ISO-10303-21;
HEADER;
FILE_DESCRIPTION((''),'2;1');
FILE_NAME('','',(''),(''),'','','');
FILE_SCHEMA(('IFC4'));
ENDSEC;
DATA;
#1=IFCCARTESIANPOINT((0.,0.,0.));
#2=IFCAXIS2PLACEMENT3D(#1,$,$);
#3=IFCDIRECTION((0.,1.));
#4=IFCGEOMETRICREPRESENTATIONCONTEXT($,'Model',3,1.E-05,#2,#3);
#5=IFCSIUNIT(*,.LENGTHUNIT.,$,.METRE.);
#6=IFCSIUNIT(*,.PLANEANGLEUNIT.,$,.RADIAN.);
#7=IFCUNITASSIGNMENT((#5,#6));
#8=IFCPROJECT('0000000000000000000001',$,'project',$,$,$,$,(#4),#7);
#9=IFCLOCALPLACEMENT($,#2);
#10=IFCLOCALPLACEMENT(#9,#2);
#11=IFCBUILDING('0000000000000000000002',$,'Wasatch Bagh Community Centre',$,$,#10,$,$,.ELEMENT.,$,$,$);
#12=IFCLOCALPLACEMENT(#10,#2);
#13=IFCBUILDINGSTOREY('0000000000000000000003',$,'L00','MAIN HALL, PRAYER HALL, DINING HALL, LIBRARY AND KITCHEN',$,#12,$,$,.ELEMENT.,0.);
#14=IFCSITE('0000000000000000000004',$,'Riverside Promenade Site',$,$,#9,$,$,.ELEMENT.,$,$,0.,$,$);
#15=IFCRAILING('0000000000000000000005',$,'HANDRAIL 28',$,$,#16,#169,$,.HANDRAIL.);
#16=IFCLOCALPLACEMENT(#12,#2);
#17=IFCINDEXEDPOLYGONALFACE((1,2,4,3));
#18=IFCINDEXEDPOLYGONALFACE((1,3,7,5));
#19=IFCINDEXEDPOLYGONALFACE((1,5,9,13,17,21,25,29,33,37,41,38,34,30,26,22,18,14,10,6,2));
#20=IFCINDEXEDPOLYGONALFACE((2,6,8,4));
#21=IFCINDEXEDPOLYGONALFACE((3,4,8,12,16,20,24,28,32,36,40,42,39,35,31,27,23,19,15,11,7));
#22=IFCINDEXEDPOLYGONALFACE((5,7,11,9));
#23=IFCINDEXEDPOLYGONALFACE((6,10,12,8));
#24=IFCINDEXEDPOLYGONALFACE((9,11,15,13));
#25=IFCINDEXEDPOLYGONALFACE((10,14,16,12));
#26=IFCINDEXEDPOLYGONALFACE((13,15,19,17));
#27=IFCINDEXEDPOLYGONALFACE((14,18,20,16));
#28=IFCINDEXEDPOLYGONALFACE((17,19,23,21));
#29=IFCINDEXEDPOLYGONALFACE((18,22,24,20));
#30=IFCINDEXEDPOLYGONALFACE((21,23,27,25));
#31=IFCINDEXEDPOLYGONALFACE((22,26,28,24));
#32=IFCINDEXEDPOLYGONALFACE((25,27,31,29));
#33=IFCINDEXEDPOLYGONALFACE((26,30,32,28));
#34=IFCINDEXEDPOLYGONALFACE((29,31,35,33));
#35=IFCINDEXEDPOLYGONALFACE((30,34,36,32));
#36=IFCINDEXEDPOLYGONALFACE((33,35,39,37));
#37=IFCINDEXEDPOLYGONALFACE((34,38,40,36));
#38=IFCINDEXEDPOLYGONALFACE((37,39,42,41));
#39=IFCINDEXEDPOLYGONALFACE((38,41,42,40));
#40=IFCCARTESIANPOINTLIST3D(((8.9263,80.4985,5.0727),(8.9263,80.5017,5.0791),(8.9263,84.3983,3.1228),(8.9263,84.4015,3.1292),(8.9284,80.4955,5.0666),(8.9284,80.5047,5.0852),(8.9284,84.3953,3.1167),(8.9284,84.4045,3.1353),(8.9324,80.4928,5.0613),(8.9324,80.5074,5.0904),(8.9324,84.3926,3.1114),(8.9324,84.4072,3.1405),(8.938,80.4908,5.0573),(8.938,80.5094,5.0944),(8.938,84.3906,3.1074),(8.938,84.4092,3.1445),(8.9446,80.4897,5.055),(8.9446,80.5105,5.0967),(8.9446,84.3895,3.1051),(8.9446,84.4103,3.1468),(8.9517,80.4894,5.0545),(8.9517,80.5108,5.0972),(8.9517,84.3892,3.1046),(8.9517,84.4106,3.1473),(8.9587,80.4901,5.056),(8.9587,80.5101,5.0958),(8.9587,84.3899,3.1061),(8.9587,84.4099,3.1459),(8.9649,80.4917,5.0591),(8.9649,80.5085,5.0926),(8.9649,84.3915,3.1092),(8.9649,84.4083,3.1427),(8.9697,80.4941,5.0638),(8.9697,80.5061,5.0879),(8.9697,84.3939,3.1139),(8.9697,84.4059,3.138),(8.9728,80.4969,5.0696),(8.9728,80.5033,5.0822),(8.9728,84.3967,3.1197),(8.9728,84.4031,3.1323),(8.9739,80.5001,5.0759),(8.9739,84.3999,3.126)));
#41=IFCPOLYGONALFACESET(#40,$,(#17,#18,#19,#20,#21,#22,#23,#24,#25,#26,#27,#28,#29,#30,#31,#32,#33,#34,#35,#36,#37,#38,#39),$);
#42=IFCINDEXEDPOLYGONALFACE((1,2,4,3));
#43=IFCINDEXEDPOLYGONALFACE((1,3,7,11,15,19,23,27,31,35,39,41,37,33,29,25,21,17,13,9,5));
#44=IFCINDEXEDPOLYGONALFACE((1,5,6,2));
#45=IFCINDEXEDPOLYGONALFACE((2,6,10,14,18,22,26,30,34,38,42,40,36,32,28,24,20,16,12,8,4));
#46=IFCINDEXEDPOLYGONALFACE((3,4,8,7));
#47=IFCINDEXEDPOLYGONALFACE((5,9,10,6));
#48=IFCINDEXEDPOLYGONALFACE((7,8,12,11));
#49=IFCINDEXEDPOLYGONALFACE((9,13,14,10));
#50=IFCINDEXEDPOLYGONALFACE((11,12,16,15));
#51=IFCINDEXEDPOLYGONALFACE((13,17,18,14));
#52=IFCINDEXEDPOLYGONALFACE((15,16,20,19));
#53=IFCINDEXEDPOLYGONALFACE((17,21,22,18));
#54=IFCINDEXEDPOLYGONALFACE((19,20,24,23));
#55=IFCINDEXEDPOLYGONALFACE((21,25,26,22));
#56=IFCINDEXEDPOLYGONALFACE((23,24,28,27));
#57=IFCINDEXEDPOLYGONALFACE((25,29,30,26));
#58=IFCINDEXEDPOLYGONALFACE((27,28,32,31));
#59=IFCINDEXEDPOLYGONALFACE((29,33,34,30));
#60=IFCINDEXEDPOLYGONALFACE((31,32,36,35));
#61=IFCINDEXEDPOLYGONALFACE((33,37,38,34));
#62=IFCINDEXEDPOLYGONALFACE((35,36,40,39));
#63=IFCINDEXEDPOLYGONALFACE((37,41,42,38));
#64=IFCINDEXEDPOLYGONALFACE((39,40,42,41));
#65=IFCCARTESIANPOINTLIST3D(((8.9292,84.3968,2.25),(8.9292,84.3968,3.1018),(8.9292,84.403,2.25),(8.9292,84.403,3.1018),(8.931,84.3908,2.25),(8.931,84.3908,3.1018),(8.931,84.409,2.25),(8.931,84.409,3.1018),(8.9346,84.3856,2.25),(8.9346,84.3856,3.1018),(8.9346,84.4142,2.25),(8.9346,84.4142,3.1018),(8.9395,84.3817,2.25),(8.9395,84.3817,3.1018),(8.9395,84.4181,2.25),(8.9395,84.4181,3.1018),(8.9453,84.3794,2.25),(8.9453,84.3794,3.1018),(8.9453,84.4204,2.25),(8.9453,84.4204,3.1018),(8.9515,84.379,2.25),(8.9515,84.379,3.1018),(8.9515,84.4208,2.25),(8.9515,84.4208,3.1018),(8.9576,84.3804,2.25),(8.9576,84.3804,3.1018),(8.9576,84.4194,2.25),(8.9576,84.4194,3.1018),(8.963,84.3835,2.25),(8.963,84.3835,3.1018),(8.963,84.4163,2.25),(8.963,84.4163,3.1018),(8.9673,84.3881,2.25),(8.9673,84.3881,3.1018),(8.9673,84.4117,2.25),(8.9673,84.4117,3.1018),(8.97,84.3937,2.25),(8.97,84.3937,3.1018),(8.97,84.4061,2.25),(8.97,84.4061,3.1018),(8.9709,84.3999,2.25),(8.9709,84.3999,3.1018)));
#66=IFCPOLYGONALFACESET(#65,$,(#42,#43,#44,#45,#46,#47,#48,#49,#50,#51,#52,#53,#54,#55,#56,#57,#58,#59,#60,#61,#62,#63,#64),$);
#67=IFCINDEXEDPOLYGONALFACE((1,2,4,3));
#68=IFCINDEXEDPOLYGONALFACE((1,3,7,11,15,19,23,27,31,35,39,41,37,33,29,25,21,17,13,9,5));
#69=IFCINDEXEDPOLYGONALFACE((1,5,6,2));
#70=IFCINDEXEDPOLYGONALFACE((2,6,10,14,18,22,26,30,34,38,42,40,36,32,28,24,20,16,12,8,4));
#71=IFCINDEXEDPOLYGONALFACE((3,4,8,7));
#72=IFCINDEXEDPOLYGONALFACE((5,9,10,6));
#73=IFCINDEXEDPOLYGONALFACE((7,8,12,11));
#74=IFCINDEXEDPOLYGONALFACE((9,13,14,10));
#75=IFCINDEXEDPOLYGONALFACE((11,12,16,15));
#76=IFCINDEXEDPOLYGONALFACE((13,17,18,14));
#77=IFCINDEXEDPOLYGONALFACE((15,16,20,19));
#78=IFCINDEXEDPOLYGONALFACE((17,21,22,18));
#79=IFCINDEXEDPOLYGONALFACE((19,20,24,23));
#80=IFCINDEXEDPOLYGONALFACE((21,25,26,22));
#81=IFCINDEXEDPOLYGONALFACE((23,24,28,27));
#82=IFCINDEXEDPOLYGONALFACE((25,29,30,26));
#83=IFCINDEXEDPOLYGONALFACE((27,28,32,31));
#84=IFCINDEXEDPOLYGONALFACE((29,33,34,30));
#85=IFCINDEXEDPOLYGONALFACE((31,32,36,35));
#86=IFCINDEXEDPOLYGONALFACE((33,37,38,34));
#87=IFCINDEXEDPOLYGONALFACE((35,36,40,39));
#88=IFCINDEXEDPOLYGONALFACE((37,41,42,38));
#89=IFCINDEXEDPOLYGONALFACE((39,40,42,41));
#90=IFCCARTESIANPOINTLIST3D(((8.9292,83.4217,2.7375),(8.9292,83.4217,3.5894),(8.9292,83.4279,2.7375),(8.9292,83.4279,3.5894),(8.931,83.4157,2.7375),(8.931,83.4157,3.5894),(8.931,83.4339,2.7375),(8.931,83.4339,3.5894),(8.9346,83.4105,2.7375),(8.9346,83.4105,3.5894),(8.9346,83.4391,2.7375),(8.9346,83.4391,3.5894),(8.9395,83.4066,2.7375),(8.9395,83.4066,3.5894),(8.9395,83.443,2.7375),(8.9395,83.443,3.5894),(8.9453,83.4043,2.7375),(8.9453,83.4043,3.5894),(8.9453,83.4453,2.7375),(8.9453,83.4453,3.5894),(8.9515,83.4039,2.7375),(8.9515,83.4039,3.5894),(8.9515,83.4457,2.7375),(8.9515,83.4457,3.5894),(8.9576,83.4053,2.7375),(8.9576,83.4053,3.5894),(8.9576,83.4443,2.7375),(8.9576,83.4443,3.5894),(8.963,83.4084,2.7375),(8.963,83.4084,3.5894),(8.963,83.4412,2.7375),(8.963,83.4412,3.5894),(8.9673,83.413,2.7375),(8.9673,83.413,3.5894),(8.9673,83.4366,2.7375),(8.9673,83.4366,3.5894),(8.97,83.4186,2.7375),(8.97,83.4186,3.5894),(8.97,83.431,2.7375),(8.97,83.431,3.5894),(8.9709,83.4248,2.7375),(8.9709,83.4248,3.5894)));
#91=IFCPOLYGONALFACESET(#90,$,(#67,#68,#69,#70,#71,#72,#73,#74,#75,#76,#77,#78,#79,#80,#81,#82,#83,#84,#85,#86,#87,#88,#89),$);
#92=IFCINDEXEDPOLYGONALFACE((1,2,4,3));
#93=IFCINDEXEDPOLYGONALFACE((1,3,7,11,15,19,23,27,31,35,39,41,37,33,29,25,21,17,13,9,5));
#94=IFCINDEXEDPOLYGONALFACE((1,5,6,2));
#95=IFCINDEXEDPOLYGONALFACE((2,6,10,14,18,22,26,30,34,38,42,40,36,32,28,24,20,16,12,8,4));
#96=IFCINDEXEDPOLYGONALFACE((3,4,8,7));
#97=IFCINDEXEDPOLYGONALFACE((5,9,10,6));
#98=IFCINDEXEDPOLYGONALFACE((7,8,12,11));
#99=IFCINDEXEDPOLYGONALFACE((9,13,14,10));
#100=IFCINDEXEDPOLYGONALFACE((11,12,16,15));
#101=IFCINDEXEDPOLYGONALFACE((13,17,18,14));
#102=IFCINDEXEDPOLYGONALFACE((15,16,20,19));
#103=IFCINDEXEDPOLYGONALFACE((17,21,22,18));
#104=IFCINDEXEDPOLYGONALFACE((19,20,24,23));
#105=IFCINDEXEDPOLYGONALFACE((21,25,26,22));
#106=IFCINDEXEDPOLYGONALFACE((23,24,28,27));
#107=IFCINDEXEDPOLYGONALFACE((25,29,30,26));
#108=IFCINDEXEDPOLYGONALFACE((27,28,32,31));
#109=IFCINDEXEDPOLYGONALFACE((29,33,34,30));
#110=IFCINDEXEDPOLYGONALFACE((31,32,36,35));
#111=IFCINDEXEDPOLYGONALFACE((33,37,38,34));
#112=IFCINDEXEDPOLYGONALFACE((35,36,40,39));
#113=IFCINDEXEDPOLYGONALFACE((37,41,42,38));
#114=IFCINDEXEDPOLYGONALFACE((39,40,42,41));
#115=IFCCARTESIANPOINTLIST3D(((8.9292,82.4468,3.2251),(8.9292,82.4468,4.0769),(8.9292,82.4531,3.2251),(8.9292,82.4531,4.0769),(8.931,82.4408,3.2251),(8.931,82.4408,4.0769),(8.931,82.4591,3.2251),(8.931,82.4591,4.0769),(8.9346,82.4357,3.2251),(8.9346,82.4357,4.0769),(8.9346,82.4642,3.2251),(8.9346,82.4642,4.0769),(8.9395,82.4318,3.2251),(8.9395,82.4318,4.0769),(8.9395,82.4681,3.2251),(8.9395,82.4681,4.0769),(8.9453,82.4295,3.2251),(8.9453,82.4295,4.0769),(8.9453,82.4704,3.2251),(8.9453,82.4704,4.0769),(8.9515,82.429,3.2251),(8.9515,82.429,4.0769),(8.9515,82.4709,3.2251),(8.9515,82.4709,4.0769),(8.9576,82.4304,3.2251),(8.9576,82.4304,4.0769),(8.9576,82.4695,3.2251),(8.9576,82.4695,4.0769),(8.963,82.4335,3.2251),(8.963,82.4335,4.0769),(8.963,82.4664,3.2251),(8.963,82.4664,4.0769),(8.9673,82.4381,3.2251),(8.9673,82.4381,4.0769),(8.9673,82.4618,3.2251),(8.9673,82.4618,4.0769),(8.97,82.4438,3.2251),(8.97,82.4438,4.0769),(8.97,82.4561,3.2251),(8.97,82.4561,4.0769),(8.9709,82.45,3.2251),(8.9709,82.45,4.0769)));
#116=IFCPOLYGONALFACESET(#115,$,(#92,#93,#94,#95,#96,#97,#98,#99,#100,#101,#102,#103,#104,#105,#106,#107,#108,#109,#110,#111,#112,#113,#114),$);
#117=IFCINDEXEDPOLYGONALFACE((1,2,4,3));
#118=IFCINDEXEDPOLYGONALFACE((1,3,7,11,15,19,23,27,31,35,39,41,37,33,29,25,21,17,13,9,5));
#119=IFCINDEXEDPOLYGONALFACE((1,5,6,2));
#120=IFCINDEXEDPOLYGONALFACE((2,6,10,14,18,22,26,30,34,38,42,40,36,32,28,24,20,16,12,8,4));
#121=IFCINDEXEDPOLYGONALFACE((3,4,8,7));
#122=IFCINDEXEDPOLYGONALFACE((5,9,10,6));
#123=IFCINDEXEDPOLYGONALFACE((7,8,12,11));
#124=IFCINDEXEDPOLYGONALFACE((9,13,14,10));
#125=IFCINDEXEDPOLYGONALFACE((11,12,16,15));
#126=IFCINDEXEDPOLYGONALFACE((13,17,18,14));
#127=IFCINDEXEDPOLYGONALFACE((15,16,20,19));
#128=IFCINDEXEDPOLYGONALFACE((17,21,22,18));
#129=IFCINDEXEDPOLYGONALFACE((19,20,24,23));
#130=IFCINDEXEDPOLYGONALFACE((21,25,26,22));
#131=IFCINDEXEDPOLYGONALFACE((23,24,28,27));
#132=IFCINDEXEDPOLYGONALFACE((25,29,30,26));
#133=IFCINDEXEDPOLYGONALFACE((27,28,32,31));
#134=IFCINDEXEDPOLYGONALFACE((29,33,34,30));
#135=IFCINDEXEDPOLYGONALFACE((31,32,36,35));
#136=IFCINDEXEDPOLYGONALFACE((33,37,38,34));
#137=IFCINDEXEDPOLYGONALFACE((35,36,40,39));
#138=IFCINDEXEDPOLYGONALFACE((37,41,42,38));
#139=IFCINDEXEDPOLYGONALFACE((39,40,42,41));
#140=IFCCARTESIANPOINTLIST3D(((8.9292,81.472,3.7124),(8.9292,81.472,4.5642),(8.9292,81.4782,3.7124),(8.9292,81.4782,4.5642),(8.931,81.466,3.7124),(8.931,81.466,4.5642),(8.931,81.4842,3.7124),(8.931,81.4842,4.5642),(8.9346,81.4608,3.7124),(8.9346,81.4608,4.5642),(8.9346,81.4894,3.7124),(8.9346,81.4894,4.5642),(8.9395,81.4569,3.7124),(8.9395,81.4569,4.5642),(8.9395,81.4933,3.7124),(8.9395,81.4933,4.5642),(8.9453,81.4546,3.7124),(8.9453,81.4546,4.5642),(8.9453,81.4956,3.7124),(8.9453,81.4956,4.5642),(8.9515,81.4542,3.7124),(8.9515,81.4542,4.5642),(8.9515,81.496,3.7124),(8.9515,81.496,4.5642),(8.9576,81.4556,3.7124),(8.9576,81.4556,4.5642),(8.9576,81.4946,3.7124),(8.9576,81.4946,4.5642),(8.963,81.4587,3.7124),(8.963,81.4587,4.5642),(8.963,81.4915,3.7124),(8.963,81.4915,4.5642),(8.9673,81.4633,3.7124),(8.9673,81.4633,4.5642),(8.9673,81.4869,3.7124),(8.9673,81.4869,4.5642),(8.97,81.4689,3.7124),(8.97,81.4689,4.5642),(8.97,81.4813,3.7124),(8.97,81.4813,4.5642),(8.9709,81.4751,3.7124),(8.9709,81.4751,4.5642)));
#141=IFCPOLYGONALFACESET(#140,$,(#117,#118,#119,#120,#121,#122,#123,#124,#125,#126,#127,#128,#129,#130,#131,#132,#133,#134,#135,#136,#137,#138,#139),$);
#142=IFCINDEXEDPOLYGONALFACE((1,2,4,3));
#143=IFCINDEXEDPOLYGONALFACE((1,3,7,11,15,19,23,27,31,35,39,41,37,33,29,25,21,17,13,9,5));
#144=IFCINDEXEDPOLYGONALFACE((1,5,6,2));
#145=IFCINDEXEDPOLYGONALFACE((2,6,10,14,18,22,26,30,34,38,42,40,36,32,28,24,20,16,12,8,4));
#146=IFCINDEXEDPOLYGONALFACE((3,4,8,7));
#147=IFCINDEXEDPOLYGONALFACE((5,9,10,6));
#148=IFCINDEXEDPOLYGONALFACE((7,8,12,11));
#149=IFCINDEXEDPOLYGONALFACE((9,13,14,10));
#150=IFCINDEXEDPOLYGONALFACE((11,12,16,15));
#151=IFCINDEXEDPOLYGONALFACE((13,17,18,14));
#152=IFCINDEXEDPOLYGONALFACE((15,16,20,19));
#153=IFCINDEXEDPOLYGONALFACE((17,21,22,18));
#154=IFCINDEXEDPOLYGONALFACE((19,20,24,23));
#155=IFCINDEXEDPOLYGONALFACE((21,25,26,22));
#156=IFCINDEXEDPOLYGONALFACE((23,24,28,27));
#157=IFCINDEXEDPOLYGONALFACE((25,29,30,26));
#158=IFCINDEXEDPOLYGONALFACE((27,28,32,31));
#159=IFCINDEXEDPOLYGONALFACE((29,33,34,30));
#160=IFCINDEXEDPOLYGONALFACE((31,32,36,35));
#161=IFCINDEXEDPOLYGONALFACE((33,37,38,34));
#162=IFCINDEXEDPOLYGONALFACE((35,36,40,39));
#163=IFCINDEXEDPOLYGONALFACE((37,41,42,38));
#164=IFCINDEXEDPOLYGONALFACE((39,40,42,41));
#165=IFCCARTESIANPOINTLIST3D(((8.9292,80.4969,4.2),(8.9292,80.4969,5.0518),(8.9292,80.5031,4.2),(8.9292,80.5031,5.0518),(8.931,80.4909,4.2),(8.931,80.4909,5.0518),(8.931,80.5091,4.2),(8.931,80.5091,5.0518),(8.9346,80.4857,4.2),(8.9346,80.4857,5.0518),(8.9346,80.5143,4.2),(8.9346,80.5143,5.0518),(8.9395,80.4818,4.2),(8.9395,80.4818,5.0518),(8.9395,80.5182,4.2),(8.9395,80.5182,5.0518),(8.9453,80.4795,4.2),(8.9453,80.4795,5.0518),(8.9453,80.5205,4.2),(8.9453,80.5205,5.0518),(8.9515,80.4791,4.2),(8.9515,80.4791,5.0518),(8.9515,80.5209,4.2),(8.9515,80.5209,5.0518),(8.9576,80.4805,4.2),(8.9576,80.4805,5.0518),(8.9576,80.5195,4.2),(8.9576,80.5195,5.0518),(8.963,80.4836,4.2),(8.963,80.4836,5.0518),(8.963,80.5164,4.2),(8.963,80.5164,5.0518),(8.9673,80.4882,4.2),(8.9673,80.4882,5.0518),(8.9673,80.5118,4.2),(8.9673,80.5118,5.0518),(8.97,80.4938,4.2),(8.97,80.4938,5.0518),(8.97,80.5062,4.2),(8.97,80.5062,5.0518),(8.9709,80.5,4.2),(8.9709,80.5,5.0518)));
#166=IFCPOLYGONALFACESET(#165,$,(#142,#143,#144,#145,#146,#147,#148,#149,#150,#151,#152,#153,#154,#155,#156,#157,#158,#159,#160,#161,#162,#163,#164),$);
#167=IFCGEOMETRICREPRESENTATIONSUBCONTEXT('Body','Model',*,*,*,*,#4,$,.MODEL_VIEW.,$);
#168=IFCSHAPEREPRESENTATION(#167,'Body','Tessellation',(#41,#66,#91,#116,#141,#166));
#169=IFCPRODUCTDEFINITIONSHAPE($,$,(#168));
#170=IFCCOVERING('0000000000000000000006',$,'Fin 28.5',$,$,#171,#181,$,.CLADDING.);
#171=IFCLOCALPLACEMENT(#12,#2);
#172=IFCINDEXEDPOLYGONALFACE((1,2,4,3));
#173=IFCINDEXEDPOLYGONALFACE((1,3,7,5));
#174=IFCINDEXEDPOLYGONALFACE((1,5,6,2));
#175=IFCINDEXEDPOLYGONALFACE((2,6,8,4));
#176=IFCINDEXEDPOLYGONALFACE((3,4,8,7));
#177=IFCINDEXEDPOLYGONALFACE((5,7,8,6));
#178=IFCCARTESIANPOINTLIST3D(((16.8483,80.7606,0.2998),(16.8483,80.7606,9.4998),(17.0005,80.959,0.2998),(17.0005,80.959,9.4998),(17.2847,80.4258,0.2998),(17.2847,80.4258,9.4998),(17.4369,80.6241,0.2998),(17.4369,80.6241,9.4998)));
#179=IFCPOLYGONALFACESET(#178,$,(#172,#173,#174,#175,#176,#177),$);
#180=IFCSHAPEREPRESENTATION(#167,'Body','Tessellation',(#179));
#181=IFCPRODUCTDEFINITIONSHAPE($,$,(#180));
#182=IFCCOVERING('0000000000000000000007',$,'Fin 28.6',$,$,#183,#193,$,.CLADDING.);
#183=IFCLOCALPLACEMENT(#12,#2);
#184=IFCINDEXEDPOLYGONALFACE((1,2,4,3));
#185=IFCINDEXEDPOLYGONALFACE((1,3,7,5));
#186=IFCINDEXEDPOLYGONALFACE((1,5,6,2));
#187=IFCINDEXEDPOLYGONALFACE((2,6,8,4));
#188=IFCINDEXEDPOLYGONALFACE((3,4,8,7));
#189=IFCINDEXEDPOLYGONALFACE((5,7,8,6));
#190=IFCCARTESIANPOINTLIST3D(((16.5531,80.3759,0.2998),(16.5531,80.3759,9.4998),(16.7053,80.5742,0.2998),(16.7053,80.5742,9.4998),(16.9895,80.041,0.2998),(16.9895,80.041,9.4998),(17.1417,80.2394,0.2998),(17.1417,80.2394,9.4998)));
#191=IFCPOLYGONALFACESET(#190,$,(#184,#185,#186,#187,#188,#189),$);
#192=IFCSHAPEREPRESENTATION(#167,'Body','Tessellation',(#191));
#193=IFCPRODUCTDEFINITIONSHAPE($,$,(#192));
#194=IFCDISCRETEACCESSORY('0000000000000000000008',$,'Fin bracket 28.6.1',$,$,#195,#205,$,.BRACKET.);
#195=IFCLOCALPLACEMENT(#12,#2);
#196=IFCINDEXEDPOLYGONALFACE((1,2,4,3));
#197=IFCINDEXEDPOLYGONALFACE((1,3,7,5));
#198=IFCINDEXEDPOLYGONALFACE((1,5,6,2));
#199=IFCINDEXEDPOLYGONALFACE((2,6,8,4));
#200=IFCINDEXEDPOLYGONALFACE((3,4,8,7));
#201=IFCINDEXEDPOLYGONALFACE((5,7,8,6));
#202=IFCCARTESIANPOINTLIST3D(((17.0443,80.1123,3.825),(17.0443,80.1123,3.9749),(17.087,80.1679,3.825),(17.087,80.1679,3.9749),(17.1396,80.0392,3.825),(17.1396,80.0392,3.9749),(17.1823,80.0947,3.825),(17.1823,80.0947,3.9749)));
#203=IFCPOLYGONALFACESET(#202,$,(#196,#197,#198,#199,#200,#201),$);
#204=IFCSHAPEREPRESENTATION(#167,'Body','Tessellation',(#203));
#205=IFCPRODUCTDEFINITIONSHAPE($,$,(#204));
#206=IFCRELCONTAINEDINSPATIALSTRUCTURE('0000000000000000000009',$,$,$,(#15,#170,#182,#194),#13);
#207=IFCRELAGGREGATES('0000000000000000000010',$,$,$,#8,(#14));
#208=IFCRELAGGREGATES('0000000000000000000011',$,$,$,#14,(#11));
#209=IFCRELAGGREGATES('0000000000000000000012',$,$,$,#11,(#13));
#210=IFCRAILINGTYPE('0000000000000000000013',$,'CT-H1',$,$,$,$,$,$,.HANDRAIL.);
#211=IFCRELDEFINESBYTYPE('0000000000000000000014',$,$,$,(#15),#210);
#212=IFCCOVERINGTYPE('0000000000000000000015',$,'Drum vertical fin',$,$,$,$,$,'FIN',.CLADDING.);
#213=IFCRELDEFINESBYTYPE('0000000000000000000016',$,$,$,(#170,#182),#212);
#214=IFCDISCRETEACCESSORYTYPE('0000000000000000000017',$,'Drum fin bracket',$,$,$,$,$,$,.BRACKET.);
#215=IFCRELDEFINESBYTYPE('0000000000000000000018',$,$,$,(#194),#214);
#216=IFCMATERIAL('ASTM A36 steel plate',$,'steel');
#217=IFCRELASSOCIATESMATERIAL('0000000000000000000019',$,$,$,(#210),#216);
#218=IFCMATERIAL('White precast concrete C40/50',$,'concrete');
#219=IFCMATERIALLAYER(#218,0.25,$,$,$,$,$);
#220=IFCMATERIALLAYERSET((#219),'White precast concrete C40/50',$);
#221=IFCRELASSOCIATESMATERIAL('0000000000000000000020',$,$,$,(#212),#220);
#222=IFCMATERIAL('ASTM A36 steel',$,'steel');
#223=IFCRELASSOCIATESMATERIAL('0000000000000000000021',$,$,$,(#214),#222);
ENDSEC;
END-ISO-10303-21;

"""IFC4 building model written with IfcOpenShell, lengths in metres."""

from ifc_helpers import new_model, si_unit, direction, frame, origin, origin_2d, place, context, subcontext, project, spatial, rectangle, circle, extrude, material, layer, layer_set, type_object, element, save


model = new_model("IFC4")

# Units and contexts
model_context = context("Model", 3, precision=1e-05, world=origin(), true_north=direction((0.0, 1.0)))
body_context = subcontext(model_context, "Body", "Model", "MODEL_VIEW")
ifc_project = project(units=[si_unit("LENGTHUNIT", "METRE"), si_unit("PLANEANGLEUNIT", "RADIAN")], contexts=[model_context])

# Site, building, storey
site_placement = place(None, origin())
site = spatial("IfcSite", under=ifc_project, at=site_placement, Name="Riverside Promenade Site", CompositionType="ELEMENT", RefElevation=0.0)
building_placement = place(site_placement, origin())
building = spatial("IfcBuilding", under=site, at=building_placement, Name="Wasatch Bagh Community Centre", CompositionType="ELEMENT")
storey_placement = place(building_placement, origin())
storey = spatial("IfcBuildingStorey", under=building, at=storey_placement, Name="L00", Description="MAIN HALL, PRAYER HALL, DINING HALL, LIBRARY AND KITCHEN", CompositionType="ELEMENT", Elevation=0.0)

# Railing
ifc_material_1 = material(Name="ASTM A36 steel plate", Category="steel")
railing_type_1 = type_object("IfcRailingType", Name="CT-H1", PredefinedType="HANDRAIL", material=ifc_material_1)
for number, where, name in (
    (1, (8.95, 84.3999, 2.25), "HANDRAIL 28"),
):
    element("IfcRailing", number, at=place(storey_placement, frame(where)), inside=storey, type_object=railing_type_1, Name=name, PredefinedType="HANDRAIL", context=body_context, shape_type="SweptSolid", body=[
        extrude(circle(Radius=0.0239, at=origin_2d()), frame((0.0, 0.0, 0.876), z_axis=(0.0, -0.894427, 0.447214), x_axis=(1.0, 0.0, 0.0)), (0.0, 0.0, 1.0), 4.3601),
        extrude(circle(Radius=0.021, at=origin_2d()), origin(), (0.0, 0.0, 1.0), 0.8518),
        extrude(circle(Radius=0.021, at=origin_2d()), frame((0.0, -0.9751, 0.4875)), (0.0, 0.0, 1.0), 0.8518),
        extrude(circle(Radius=0.021, at=origin_2d()), frame((0.0, -1.95, 0.9751)), (0.0, 0.0, 1.0), 0.8518),
        extrude(circle(Radius=0.021, at=origin_2d()), frame((0.0, -2.9248, 1.4624)), (0.0, 0.0, 1.0), 0.8518),
        extrude(circle(Radius=0.021, at=origin_2d()), frame((0.0, -3.8999, 1.95)), (0.0, 0.0, 1.0), 0.8518),
    ])

# Coverings
ifc_material_2 = material(Name="White precast concrete C40/50", Category="concrete")
ifc_layer_1 = layer(ifc_material_2, 0.25)
ifc_layer_set_1 = layer_set([ifc_layer_1], Name="White precast concrete C40/50")
covering_type = type_object("IfcCoveringType", Name="Drum vertical fin", ElementType="FIN", PredefinedType="CLADDING", material=ifc_layer_set_1)
for number, where, z_axis, x_axis, name in (
    (2, (17.1426, 80.6924, 0.2998), (0.0, 0.0, 1.0), (-0.608761, -0.793353, 0.0), "Fin 28.5"),
    (3, (16.8474, 80.3076, 0.2998), (0.0, 0.0, 1.0), (-0.608761, -0.793353, 0.0), "Fin 28.6"),
):
    element("IfcCovering", number, at=place(storey_placement, frame(where, z_axis=z_axis, x_axis=x_axis)), inside=storey, type_object=covering_type, Name=name, PredefinedType="CLADDING", context=body_context, shape_type="SweptSolid", body=[
        extrude(rectangle(XDim=0.25, YDim=0.55, at=origin_2d()), origin(), (0.0, 0.0, 1.0), 9.2),
    ])

# Discrete accessory
ifc_material_3 = material(Name="ASTM A36 steel", Category="steel")
discrete_accessory_type = type_object("IfcDiscreteAccessoryType", Name="Drum fin bracket", PredefinedType="BRACKET", material=ifc_material_3)
discrete_accessory_placement = place(storey_placement, frame((17.1133, 80.1035, 3.825), z_axis=(0.0, 0.0, 1.0), x_axis=(-0.608761, -0.793353, 0.0)))
element("IfcDiscreteAccessory", 4, at=discrete_accessory_placement, inside=storey, type_object=discrete_accessory_type, Name="Fin bracket 28.6.1", PredefinedType="BRACKET", context=body_context, shape_type="SweptSolid", body=[
    extrude(rectangle(XDim=0.0701, YDim=0.1201, at=origin_2d()), origin(), (0.0, 0.0, 1.0), 0.1499),
])

save(model, "model.ifc")
